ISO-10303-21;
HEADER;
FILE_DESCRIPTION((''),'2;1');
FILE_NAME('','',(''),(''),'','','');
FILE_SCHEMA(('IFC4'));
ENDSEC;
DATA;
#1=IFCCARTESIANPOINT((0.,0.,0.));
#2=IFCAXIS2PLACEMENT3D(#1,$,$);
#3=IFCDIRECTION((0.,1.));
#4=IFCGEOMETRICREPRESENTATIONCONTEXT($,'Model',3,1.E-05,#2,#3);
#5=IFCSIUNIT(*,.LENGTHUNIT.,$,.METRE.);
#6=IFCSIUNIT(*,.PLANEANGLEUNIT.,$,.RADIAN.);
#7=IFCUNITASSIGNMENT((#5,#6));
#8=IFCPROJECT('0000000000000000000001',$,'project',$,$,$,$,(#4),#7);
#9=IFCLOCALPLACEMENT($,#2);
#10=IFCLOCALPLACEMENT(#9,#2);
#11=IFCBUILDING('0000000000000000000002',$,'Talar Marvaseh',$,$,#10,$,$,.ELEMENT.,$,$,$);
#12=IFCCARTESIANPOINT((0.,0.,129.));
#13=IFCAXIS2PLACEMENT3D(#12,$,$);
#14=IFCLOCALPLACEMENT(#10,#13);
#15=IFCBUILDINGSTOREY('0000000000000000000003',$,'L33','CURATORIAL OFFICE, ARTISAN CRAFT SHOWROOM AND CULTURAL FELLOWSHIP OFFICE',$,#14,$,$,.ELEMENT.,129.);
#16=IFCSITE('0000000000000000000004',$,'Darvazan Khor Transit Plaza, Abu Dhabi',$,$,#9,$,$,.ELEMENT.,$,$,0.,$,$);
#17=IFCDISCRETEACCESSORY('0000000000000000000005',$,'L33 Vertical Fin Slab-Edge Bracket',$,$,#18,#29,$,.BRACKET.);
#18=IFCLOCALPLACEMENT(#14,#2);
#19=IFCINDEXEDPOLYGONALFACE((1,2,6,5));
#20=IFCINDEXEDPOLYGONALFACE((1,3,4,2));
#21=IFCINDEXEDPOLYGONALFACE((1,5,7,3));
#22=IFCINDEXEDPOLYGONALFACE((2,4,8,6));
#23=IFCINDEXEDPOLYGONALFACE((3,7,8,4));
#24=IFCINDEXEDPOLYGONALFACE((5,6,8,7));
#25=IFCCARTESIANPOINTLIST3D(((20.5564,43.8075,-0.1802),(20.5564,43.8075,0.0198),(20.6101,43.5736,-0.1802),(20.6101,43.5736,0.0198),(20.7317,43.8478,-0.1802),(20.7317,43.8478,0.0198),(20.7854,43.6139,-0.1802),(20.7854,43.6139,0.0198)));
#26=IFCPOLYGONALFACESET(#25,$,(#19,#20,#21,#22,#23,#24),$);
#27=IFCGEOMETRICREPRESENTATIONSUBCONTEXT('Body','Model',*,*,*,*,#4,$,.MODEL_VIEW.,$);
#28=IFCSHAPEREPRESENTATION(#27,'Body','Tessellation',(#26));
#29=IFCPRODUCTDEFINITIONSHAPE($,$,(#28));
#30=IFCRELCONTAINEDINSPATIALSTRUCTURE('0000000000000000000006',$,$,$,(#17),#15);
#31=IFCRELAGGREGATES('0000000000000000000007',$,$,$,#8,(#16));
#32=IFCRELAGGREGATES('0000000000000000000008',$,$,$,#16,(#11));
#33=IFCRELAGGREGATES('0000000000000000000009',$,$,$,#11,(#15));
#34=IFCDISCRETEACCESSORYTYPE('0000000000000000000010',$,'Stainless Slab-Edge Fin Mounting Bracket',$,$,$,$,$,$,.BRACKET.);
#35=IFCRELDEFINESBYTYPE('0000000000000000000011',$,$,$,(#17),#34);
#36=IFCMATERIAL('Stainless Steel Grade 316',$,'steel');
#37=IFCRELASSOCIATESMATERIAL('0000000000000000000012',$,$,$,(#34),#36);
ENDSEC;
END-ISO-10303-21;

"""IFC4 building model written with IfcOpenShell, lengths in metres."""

from ifc_helpers import new_model, si_unit, direction, frame, origin, origin_2d, place, context, subcontext, project, spatial, rectangle, extrude, source, transform, mapped, material, type_object, type_shapes, element, save


model = new_model("IFC4")

# Units and contexts
model_context = context("Model", 3, precision=1e-05, world=origin(), true_north=direction((0.0, 1.0)))
body_context = subcontext(model_context, "Body", "Model", "MODEL_VIEW")
ifc_project = project(units=[si_unit("LENGTHUNIT", "METRE"), si_unit("PLANEANGLEUNIT", "RADIAN")], contexts=[model_context])

# Site, building, storey
site_placement = place(None, origin())
site = spatial("IfcSite", under=ifc_project, at=site_placement, Name="Darvazan Khor Transit Plaza, Abu Dhabi", CompositionType="ELEMENT", RefElevation=0.0)
building_placement = place(site_placement, origin())
building = spatial("IfcBuilding", under=site, at=building_placement, Name="Talar Marvaseh", CompositionType="ELEMENT")
storey_placement = place(building_placement, frame((0.0, 0.0, 129.0)))
storey = spatial("IfcBuildingStorey", under=building, at=storey_placement, Name="L33", Description="CURATORIAL OFFICE, ARTISAN CRAFT SHOWROOM AND CULTURAL FELLOWSHIP OFFICE", CompositionType="ELEMENT", Elevation=129.0)

# Shared definitions
ifc_material_1 = material(Name="Stainless Steel Grade 316", Category="steel")

# Discrete accessory
discrete_accessory_type = type_object("IfcDiscreteAccessoryType", Name="Stainless Slab-Edge Fin Mounting Bracket", PredefinedType="BRACKET", material=ifc_material_1)
shared_shape_1 = source(origin(), body_context, "Body", "SweptSolid", [
    extrude(rectangle(XDim=0.24, YDim=0.1799, at=origin_2d()), origin(), (0.0, 0.0, 1.0), 0.2),
])
type_shapes(discrete_accessory_type, [shared_shape_1])
for number, where, z_axis, x_axis, name in (
    (1, (20.6709, 43.7107, -0.1802), (0.0, 0.0, 1.0), (-0.22376, 0.974644, 0.0), "L33 Vertical Fin Slab-Edge Bracket"),
):
    element("IfcDiscreteAccessory", number, at=place(storey_placement, frame(where, z_axis=z_axis, x_axis=x_axis)), inside=storey, type_object=discrete_accessory_type, Name=name, PredefinedType="BRACKET", context=body_context, shape_type="MappedRepresentation", body=[
        mapped(shared_shape_1, transform((0.0, 0.0, 0.0), x_axis=(1.0, 0.0, 0.0), y_axis=(0.0, 1.0, 0.0), z_axis=(0.0, 0.0, 1.0), scale=1.0)),
    ])

save(model, "model.ifc")
